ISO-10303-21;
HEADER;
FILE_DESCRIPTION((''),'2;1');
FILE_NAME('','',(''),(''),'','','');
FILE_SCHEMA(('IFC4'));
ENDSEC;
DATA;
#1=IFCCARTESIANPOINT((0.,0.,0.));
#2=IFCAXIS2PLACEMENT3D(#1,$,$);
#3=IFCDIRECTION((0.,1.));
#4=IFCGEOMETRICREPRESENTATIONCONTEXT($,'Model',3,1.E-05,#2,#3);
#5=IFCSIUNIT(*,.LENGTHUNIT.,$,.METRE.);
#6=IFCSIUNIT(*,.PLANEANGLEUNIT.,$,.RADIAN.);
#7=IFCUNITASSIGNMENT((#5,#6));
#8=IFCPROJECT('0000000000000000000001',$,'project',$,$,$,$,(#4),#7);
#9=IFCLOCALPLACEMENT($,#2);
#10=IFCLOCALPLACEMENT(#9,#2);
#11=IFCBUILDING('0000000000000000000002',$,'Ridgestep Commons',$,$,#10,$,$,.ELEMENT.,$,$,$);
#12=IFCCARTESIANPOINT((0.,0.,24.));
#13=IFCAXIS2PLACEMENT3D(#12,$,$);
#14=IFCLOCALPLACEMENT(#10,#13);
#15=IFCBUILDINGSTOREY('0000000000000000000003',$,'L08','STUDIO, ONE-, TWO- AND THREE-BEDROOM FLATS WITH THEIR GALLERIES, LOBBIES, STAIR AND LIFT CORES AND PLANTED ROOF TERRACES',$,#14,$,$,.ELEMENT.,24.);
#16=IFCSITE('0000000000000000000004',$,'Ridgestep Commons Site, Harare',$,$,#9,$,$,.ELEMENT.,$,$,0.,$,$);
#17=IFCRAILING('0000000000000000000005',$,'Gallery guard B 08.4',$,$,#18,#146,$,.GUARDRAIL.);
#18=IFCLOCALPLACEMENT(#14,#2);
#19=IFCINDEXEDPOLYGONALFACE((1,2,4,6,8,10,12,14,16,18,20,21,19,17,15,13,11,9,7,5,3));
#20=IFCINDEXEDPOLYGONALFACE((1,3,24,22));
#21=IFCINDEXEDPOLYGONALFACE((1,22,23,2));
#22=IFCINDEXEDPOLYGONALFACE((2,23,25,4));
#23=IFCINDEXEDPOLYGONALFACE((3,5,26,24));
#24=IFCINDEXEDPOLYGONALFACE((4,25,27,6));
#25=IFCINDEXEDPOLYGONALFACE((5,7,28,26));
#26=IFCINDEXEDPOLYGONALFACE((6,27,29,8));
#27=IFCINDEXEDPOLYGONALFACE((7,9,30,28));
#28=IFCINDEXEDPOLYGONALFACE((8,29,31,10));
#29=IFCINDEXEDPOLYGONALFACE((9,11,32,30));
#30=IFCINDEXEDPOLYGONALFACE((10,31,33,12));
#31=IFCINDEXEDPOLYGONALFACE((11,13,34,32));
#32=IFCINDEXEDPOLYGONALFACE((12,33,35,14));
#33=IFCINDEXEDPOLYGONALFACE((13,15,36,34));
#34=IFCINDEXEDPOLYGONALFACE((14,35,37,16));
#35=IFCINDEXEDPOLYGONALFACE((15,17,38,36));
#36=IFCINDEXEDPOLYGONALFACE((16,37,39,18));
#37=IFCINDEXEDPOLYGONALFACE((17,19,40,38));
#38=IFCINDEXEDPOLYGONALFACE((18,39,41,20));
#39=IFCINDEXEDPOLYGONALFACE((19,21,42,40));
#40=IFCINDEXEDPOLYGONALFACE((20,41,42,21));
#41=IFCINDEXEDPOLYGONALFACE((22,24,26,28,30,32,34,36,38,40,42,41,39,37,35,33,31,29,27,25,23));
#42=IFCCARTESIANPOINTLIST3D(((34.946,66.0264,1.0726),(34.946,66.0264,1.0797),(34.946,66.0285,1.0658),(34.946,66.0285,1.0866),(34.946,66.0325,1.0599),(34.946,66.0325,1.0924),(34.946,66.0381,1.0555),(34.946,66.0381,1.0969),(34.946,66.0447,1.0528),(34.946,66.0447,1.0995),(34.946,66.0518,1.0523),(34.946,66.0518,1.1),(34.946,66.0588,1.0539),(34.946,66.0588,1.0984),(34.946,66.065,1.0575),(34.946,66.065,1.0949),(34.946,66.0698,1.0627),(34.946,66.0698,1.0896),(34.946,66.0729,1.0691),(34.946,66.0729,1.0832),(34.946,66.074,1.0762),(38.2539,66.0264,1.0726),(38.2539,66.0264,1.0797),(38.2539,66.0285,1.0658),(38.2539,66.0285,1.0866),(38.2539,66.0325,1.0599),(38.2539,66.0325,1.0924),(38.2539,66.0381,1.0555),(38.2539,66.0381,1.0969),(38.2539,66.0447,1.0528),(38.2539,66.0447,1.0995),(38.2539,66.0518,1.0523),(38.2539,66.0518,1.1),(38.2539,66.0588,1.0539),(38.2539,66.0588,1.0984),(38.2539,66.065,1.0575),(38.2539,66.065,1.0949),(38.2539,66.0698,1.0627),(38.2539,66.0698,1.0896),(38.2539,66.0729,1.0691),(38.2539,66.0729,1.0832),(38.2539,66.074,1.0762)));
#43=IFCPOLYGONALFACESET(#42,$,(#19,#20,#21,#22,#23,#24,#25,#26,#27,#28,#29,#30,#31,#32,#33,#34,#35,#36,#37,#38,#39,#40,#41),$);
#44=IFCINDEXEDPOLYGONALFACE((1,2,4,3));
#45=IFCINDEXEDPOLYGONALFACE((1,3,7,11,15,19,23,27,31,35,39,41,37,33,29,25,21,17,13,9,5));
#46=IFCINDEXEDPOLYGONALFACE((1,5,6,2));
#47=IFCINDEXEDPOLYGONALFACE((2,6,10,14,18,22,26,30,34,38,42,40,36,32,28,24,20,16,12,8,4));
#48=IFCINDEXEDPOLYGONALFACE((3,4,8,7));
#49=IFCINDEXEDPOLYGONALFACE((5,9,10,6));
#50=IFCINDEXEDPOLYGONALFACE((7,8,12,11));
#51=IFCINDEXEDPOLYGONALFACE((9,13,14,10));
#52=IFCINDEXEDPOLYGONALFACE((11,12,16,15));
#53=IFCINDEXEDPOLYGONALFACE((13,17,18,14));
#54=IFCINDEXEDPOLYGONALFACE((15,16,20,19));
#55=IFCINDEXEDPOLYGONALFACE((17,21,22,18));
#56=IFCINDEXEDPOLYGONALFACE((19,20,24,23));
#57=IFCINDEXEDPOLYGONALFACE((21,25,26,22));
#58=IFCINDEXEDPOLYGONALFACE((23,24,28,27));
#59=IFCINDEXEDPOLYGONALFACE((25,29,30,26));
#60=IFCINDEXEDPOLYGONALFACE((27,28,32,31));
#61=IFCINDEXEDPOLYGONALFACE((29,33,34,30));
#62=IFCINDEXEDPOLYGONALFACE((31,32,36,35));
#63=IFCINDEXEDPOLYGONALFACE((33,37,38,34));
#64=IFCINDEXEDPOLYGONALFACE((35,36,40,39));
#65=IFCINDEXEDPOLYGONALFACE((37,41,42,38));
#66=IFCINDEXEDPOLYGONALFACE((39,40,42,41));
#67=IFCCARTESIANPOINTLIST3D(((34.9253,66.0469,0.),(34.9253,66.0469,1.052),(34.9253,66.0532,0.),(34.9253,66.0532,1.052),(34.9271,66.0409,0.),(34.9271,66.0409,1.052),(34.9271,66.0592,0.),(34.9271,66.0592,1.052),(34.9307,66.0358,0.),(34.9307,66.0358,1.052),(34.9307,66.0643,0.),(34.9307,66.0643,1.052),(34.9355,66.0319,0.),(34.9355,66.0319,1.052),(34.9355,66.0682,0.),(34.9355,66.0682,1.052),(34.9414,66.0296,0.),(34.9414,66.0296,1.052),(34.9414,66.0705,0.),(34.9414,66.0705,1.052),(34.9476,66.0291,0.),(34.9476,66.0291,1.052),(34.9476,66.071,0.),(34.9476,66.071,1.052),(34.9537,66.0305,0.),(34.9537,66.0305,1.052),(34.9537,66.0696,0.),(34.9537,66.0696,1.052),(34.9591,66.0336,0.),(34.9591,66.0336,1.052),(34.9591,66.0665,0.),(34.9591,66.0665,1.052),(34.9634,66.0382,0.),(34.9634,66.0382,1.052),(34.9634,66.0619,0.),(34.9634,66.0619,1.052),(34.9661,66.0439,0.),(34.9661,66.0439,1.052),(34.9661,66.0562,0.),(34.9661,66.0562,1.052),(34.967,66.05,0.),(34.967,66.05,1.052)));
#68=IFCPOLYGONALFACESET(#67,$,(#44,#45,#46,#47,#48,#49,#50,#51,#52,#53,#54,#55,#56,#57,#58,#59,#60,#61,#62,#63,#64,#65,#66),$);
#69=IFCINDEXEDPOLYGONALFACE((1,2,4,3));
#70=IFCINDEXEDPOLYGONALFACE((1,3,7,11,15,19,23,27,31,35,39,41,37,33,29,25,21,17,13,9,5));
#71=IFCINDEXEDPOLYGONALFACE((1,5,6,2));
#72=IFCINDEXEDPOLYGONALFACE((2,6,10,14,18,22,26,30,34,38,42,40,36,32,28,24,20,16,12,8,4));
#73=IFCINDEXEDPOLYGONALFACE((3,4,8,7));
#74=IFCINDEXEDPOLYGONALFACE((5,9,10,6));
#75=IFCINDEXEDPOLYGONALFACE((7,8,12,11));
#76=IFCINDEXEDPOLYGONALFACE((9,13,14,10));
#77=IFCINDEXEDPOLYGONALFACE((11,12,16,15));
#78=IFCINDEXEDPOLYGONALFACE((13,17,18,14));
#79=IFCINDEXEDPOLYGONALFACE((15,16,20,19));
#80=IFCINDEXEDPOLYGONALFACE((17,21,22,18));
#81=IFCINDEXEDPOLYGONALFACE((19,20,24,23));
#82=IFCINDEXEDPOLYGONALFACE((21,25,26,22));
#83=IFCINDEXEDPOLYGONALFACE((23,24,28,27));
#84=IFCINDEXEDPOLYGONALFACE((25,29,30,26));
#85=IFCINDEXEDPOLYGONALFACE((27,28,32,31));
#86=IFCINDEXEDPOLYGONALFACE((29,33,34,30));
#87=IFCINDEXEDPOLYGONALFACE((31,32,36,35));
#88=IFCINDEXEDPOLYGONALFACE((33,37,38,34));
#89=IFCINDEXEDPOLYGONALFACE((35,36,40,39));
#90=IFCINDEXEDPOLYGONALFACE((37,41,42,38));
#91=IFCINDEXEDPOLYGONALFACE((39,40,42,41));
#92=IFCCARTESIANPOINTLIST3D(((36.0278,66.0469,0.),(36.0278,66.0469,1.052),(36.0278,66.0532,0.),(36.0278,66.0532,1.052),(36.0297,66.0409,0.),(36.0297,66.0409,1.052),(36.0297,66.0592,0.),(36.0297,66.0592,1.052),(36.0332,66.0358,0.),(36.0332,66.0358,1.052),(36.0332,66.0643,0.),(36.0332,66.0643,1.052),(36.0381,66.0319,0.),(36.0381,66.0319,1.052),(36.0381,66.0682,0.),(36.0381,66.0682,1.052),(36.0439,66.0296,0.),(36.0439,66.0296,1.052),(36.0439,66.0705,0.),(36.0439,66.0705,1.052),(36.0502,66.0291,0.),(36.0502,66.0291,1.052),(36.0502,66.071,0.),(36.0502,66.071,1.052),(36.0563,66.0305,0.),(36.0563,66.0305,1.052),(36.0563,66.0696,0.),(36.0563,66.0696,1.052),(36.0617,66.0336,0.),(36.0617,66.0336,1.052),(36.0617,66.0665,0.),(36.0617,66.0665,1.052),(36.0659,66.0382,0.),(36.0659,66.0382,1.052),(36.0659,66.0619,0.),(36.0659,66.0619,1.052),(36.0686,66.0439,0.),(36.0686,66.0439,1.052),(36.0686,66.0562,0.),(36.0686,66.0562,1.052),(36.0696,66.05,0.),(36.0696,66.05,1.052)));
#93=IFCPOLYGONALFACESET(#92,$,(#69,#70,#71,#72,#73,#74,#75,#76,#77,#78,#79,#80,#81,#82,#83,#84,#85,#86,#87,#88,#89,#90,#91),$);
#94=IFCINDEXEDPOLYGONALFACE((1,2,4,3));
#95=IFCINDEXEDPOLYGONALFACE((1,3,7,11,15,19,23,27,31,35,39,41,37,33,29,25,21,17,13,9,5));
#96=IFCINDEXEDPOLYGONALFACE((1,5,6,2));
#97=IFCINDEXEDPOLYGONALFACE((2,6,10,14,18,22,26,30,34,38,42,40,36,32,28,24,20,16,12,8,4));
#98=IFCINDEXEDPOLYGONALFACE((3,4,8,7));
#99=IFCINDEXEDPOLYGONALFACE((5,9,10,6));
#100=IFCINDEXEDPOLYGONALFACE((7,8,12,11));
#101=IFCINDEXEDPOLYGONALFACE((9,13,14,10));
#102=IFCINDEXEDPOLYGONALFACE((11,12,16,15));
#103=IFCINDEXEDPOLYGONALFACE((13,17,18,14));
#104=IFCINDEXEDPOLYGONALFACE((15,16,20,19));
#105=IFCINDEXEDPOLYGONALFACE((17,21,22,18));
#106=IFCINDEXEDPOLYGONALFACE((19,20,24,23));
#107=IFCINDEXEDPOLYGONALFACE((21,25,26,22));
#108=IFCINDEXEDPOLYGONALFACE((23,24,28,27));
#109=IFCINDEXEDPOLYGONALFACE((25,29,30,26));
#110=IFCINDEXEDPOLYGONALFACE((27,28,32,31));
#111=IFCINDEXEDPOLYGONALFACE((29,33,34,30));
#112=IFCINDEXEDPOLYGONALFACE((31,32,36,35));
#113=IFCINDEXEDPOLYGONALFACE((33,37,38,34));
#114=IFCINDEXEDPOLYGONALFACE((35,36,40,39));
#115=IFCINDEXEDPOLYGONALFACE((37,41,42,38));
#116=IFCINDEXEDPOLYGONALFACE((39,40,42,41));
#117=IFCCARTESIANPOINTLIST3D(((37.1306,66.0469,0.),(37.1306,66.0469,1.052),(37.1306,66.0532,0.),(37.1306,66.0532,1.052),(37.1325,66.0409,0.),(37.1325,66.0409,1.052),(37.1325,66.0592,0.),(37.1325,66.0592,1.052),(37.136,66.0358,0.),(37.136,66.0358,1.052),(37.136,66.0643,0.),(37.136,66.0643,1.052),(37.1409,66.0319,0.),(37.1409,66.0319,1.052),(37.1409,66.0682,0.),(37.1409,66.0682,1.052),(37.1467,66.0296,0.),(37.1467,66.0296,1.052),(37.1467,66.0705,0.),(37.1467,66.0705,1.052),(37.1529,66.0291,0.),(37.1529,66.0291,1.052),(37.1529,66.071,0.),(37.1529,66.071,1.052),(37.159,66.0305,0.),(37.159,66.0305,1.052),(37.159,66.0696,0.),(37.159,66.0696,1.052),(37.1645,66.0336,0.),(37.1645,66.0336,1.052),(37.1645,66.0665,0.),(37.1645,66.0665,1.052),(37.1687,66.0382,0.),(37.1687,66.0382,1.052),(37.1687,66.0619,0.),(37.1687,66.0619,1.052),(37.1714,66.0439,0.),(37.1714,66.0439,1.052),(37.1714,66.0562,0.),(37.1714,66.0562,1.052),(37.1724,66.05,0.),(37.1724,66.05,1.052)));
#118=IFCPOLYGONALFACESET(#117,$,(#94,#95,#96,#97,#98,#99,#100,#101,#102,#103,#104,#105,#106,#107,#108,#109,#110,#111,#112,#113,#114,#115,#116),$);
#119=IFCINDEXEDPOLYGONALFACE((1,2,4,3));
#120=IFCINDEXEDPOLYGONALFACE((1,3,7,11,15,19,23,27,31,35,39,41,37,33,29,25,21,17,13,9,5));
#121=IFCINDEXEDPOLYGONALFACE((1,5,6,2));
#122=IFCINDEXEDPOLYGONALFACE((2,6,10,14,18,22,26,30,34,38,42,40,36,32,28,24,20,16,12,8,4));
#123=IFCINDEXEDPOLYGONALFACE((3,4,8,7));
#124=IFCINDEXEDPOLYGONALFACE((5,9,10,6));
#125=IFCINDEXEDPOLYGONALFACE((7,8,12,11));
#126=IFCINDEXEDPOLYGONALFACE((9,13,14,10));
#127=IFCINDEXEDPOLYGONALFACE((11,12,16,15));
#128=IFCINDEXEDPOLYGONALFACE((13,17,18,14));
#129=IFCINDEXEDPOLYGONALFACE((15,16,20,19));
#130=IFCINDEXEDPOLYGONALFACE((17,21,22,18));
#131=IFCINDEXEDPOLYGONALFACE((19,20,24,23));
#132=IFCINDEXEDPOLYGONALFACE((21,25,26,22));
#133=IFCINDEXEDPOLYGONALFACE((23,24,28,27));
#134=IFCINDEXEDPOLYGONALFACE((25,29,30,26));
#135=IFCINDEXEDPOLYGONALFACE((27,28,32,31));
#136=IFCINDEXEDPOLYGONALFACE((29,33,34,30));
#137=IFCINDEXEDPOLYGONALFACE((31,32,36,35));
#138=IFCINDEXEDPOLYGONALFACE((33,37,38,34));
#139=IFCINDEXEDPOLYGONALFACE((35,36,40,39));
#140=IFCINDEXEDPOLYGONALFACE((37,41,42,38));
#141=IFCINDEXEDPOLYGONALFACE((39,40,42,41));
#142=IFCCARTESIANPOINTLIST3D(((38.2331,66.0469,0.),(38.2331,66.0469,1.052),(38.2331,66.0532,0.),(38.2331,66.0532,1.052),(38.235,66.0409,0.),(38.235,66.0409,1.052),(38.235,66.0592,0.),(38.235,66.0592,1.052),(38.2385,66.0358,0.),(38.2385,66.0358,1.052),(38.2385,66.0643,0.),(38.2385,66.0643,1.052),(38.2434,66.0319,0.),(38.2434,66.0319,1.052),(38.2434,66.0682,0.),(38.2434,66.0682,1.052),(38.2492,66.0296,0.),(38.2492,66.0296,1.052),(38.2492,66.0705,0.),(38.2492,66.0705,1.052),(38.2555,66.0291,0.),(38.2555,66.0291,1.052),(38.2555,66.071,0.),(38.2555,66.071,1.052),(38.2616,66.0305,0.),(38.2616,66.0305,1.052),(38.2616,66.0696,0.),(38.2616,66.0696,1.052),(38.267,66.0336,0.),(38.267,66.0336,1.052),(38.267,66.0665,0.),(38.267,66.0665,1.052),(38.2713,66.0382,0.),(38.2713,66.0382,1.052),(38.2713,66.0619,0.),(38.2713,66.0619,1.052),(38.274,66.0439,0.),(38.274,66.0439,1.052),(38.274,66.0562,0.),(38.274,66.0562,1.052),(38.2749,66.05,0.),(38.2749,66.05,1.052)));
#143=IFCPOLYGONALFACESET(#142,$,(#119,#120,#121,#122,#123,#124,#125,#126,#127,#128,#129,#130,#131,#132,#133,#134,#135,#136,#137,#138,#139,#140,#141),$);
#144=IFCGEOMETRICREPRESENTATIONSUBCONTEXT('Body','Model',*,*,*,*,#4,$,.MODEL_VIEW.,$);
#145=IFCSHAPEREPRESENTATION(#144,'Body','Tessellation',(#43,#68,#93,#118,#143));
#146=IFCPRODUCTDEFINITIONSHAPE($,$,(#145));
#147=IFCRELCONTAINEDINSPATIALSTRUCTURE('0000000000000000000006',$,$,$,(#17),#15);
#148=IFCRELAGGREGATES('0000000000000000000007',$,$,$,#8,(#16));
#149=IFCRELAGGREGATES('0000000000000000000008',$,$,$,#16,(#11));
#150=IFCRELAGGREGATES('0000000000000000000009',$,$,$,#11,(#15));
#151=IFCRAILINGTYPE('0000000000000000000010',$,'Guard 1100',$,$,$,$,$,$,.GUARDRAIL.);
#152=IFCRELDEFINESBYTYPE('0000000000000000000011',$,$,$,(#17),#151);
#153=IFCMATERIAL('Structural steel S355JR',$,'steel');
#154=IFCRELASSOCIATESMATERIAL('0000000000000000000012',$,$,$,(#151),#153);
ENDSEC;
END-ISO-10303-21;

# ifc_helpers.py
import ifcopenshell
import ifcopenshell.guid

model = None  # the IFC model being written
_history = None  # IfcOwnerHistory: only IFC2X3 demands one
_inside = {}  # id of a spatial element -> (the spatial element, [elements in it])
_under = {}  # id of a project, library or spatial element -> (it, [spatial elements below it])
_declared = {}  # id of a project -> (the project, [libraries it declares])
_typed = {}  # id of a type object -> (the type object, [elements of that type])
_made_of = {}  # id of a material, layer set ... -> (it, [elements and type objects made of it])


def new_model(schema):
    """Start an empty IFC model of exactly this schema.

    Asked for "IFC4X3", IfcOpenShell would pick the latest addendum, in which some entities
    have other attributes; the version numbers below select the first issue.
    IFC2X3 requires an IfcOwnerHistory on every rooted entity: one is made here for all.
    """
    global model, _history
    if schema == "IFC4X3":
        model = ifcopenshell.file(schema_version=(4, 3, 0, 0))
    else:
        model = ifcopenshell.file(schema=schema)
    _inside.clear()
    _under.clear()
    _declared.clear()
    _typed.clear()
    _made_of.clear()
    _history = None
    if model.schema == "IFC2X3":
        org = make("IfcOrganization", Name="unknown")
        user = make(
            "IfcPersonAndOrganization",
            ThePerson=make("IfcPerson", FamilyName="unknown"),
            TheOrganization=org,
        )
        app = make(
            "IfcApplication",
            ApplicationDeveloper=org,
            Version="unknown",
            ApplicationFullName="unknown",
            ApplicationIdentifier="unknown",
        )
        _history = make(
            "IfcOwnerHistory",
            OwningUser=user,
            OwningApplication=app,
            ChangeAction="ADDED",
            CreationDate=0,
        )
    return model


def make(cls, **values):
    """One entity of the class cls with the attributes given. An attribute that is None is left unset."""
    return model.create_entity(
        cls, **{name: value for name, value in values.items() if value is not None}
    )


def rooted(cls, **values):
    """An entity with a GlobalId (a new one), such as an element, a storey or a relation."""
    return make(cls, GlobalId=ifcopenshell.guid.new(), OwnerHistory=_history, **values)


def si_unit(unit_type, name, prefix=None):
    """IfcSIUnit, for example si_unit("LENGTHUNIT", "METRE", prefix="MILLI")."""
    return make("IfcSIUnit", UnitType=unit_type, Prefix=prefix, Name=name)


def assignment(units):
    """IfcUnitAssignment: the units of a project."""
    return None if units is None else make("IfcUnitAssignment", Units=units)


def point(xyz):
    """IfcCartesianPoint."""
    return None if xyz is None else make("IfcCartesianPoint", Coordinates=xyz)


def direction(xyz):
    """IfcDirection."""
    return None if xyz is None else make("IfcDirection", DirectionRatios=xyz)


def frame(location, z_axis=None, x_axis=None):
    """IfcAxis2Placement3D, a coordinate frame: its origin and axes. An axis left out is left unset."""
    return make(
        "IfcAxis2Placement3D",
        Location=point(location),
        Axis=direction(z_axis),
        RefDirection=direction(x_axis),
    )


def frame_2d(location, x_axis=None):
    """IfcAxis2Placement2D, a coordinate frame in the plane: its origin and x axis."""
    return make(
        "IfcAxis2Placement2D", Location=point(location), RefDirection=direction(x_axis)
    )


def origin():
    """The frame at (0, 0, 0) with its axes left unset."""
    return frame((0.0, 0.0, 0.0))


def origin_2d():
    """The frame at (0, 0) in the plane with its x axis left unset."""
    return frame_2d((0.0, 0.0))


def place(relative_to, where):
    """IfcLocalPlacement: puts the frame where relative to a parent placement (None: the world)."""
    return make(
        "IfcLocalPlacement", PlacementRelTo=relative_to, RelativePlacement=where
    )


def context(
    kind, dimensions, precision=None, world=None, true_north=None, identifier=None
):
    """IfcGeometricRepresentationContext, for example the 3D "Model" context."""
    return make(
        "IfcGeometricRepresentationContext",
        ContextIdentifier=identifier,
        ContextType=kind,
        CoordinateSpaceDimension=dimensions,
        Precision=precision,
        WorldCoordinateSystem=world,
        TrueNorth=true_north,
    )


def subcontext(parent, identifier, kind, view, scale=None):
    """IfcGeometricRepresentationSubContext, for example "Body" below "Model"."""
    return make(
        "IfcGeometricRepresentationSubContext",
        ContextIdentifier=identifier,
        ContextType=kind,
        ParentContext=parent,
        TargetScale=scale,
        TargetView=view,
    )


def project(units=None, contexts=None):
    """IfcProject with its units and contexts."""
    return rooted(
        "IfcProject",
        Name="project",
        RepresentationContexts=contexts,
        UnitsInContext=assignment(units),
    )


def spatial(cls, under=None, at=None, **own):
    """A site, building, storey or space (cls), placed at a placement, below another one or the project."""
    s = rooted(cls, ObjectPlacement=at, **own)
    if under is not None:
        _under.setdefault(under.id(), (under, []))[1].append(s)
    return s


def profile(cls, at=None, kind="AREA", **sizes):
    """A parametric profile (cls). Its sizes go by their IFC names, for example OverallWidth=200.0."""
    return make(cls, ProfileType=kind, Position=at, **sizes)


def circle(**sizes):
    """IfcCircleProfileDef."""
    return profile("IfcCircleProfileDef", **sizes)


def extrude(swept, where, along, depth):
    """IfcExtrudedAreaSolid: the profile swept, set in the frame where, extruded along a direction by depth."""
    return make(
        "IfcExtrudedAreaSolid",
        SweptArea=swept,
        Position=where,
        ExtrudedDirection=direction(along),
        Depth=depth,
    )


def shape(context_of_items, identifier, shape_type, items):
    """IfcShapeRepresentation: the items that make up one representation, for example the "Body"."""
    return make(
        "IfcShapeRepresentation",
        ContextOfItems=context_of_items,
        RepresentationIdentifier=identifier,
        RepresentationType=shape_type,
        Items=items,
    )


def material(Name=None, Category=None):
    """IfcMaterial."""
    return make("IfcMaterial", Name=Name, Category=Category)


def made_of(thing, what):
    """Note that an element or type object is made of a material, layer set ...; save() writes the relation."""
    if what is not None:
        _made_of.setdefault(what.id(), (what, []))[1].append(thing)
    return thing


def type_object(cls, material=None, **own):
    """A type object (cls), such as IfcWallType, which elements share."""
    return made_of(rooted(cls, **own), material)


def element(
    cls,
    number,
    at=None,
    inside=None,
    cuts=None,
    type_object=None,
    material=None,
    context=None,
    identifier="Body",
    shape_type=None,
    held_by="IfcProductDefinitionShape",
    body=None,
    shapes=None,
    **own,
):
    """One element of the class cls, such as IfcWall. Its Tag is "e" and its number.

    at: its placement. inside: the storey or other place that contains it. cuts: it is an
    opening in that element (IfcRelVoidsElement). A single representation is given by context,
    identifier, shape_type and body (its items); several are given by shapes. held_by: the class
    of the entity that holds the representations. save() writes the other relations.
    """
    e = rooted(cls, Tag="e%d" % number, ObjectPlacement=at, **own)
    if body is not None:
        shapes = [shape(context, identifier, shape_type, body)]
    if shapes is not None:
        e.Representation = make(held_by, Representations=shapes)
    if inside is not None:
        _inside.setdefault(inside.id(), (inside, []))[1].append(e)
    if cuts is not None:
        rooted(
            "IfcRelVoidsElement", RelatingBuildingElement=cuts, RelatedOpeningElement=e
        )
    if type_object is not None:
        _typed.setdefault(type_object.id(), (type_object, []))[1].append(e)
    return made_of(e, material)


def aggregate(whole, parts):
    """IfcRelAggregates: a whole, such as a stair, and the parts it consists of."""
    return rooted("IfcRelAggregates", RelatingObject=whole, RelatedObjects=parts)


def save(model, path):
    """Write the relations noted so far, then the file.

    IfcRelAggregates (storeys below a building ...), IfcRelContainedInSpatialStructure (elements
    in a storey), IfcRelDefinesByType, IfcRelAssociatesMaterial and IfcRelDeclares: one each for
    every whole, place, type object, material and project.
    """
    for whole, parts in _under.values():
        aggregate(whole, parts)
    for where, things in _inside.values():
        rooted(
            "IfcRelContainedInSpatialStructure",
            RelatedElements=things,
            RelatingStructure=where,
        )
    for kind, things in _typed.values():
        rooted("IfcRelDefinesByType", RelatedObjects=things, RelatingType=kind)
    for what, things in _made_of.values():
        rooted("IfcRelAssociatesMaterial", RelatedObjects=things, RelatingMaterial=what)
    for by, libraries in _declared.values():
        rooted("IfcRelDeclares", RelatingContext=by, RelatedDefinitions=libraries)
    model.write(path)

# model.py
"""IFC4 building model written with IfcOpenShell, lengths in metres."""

from ifc_helpers import new_model, si_unit, direction, frame, origin, origin_2d, place, context, subcontext, project, spatial, circle, extrude, material, type_object, element, save


model = new_model("IFC4")

# Units and contexts
model_context = context("Model", 3, precision=1e-05, world=origin(), true_north=direction((0.0, 1.0)))
body_context = subcontext(model_context, "Body", "Model", "MODEL_VIEW")
ifc_project = project(units=[si_unit("LENGTHUNIT", "METRE"), si_unit("PLANEANGLEUNIT", "RADIAN")], contexts=[model_context])

# Site, building, storey
site_placement = place(None, origin())
site = spatial("IfcSite", under=ifc_project, at=site_placement, Name="Ridgestep Commons Site, Harare", CompositionType="ELEMENT", RefElevation=0.0)
building_placement = place(site_placement, origin())
building = spatial("IfcBuilding", under=site, at=building_placement, Name="Ridgestep Commons", CompositionType="ELEMENT")
storey_placement = place(building_placement, frame((0.0, 0.0, 24.0)))
storey = spatial("IfcBuildingStorey", under=building, at=storey_placement, Name="L08", Description="STUDIO, ONE-, TWO- AND THREE-BEDROOM FLATS WITH THEIR GALLERIES, LOBBIES, STAIR AND LIFT CORES AND PLANTED ROOF TERRACES", CompositionType="ELEMENT", Elevation=24.0)

# Railing
ifc_material_1 = material(Name="Structural steel S355JR", Category="steel")
railing_type_1 = type_object("IfcRailingType", Name="Guard 1100", PredefinedType="GUARDRAIL", material=ifc_material_1)
railing_1_placement = place(storey_placement, frame((34.946, 66.05, 0.0)))
element("IfcRailing", 1, at=railing_1_placement, inside=storey, type_object=railing_type_1, Name="Gallery guard B 08.4", PredefinedType="GUARDRAIL", context=body_context, shape_type="SweptSolid", body=[
    extrude(circle(Radius=0.0239, at=origin_2d()), frame((0.0, 0.0, 1.0762), z_axis=(1.0, 0.0, 0.0), x_axis=(0.0, 1.0, 0.0)), (0.0, 0.0, 1.0), 3.3079),
    extrude(circle(Radius=0.021, at=origin_2d()), origin(), (0.0, 0.0, 1.0), 1.052),
    extrude(circle(Radius=0.021, at=origin_2d()), frame((1.1025, 0.0, 0.0)), (0.0, 0.0, 1.0), 1.052),
    extrude(circle(Radius=0.021, at=origin_2d()), frame((2.2053, 0.0, 0.0)), (0.0, 0.0, 1.0), 1.052),
    extrude(circle(Radius=0.021, at=origin_2d()), frame((3.3079, 0.0, 0.0)), (0.0, 0.0, 1.0), 1.052),
])

save(model, "model.ifc")
